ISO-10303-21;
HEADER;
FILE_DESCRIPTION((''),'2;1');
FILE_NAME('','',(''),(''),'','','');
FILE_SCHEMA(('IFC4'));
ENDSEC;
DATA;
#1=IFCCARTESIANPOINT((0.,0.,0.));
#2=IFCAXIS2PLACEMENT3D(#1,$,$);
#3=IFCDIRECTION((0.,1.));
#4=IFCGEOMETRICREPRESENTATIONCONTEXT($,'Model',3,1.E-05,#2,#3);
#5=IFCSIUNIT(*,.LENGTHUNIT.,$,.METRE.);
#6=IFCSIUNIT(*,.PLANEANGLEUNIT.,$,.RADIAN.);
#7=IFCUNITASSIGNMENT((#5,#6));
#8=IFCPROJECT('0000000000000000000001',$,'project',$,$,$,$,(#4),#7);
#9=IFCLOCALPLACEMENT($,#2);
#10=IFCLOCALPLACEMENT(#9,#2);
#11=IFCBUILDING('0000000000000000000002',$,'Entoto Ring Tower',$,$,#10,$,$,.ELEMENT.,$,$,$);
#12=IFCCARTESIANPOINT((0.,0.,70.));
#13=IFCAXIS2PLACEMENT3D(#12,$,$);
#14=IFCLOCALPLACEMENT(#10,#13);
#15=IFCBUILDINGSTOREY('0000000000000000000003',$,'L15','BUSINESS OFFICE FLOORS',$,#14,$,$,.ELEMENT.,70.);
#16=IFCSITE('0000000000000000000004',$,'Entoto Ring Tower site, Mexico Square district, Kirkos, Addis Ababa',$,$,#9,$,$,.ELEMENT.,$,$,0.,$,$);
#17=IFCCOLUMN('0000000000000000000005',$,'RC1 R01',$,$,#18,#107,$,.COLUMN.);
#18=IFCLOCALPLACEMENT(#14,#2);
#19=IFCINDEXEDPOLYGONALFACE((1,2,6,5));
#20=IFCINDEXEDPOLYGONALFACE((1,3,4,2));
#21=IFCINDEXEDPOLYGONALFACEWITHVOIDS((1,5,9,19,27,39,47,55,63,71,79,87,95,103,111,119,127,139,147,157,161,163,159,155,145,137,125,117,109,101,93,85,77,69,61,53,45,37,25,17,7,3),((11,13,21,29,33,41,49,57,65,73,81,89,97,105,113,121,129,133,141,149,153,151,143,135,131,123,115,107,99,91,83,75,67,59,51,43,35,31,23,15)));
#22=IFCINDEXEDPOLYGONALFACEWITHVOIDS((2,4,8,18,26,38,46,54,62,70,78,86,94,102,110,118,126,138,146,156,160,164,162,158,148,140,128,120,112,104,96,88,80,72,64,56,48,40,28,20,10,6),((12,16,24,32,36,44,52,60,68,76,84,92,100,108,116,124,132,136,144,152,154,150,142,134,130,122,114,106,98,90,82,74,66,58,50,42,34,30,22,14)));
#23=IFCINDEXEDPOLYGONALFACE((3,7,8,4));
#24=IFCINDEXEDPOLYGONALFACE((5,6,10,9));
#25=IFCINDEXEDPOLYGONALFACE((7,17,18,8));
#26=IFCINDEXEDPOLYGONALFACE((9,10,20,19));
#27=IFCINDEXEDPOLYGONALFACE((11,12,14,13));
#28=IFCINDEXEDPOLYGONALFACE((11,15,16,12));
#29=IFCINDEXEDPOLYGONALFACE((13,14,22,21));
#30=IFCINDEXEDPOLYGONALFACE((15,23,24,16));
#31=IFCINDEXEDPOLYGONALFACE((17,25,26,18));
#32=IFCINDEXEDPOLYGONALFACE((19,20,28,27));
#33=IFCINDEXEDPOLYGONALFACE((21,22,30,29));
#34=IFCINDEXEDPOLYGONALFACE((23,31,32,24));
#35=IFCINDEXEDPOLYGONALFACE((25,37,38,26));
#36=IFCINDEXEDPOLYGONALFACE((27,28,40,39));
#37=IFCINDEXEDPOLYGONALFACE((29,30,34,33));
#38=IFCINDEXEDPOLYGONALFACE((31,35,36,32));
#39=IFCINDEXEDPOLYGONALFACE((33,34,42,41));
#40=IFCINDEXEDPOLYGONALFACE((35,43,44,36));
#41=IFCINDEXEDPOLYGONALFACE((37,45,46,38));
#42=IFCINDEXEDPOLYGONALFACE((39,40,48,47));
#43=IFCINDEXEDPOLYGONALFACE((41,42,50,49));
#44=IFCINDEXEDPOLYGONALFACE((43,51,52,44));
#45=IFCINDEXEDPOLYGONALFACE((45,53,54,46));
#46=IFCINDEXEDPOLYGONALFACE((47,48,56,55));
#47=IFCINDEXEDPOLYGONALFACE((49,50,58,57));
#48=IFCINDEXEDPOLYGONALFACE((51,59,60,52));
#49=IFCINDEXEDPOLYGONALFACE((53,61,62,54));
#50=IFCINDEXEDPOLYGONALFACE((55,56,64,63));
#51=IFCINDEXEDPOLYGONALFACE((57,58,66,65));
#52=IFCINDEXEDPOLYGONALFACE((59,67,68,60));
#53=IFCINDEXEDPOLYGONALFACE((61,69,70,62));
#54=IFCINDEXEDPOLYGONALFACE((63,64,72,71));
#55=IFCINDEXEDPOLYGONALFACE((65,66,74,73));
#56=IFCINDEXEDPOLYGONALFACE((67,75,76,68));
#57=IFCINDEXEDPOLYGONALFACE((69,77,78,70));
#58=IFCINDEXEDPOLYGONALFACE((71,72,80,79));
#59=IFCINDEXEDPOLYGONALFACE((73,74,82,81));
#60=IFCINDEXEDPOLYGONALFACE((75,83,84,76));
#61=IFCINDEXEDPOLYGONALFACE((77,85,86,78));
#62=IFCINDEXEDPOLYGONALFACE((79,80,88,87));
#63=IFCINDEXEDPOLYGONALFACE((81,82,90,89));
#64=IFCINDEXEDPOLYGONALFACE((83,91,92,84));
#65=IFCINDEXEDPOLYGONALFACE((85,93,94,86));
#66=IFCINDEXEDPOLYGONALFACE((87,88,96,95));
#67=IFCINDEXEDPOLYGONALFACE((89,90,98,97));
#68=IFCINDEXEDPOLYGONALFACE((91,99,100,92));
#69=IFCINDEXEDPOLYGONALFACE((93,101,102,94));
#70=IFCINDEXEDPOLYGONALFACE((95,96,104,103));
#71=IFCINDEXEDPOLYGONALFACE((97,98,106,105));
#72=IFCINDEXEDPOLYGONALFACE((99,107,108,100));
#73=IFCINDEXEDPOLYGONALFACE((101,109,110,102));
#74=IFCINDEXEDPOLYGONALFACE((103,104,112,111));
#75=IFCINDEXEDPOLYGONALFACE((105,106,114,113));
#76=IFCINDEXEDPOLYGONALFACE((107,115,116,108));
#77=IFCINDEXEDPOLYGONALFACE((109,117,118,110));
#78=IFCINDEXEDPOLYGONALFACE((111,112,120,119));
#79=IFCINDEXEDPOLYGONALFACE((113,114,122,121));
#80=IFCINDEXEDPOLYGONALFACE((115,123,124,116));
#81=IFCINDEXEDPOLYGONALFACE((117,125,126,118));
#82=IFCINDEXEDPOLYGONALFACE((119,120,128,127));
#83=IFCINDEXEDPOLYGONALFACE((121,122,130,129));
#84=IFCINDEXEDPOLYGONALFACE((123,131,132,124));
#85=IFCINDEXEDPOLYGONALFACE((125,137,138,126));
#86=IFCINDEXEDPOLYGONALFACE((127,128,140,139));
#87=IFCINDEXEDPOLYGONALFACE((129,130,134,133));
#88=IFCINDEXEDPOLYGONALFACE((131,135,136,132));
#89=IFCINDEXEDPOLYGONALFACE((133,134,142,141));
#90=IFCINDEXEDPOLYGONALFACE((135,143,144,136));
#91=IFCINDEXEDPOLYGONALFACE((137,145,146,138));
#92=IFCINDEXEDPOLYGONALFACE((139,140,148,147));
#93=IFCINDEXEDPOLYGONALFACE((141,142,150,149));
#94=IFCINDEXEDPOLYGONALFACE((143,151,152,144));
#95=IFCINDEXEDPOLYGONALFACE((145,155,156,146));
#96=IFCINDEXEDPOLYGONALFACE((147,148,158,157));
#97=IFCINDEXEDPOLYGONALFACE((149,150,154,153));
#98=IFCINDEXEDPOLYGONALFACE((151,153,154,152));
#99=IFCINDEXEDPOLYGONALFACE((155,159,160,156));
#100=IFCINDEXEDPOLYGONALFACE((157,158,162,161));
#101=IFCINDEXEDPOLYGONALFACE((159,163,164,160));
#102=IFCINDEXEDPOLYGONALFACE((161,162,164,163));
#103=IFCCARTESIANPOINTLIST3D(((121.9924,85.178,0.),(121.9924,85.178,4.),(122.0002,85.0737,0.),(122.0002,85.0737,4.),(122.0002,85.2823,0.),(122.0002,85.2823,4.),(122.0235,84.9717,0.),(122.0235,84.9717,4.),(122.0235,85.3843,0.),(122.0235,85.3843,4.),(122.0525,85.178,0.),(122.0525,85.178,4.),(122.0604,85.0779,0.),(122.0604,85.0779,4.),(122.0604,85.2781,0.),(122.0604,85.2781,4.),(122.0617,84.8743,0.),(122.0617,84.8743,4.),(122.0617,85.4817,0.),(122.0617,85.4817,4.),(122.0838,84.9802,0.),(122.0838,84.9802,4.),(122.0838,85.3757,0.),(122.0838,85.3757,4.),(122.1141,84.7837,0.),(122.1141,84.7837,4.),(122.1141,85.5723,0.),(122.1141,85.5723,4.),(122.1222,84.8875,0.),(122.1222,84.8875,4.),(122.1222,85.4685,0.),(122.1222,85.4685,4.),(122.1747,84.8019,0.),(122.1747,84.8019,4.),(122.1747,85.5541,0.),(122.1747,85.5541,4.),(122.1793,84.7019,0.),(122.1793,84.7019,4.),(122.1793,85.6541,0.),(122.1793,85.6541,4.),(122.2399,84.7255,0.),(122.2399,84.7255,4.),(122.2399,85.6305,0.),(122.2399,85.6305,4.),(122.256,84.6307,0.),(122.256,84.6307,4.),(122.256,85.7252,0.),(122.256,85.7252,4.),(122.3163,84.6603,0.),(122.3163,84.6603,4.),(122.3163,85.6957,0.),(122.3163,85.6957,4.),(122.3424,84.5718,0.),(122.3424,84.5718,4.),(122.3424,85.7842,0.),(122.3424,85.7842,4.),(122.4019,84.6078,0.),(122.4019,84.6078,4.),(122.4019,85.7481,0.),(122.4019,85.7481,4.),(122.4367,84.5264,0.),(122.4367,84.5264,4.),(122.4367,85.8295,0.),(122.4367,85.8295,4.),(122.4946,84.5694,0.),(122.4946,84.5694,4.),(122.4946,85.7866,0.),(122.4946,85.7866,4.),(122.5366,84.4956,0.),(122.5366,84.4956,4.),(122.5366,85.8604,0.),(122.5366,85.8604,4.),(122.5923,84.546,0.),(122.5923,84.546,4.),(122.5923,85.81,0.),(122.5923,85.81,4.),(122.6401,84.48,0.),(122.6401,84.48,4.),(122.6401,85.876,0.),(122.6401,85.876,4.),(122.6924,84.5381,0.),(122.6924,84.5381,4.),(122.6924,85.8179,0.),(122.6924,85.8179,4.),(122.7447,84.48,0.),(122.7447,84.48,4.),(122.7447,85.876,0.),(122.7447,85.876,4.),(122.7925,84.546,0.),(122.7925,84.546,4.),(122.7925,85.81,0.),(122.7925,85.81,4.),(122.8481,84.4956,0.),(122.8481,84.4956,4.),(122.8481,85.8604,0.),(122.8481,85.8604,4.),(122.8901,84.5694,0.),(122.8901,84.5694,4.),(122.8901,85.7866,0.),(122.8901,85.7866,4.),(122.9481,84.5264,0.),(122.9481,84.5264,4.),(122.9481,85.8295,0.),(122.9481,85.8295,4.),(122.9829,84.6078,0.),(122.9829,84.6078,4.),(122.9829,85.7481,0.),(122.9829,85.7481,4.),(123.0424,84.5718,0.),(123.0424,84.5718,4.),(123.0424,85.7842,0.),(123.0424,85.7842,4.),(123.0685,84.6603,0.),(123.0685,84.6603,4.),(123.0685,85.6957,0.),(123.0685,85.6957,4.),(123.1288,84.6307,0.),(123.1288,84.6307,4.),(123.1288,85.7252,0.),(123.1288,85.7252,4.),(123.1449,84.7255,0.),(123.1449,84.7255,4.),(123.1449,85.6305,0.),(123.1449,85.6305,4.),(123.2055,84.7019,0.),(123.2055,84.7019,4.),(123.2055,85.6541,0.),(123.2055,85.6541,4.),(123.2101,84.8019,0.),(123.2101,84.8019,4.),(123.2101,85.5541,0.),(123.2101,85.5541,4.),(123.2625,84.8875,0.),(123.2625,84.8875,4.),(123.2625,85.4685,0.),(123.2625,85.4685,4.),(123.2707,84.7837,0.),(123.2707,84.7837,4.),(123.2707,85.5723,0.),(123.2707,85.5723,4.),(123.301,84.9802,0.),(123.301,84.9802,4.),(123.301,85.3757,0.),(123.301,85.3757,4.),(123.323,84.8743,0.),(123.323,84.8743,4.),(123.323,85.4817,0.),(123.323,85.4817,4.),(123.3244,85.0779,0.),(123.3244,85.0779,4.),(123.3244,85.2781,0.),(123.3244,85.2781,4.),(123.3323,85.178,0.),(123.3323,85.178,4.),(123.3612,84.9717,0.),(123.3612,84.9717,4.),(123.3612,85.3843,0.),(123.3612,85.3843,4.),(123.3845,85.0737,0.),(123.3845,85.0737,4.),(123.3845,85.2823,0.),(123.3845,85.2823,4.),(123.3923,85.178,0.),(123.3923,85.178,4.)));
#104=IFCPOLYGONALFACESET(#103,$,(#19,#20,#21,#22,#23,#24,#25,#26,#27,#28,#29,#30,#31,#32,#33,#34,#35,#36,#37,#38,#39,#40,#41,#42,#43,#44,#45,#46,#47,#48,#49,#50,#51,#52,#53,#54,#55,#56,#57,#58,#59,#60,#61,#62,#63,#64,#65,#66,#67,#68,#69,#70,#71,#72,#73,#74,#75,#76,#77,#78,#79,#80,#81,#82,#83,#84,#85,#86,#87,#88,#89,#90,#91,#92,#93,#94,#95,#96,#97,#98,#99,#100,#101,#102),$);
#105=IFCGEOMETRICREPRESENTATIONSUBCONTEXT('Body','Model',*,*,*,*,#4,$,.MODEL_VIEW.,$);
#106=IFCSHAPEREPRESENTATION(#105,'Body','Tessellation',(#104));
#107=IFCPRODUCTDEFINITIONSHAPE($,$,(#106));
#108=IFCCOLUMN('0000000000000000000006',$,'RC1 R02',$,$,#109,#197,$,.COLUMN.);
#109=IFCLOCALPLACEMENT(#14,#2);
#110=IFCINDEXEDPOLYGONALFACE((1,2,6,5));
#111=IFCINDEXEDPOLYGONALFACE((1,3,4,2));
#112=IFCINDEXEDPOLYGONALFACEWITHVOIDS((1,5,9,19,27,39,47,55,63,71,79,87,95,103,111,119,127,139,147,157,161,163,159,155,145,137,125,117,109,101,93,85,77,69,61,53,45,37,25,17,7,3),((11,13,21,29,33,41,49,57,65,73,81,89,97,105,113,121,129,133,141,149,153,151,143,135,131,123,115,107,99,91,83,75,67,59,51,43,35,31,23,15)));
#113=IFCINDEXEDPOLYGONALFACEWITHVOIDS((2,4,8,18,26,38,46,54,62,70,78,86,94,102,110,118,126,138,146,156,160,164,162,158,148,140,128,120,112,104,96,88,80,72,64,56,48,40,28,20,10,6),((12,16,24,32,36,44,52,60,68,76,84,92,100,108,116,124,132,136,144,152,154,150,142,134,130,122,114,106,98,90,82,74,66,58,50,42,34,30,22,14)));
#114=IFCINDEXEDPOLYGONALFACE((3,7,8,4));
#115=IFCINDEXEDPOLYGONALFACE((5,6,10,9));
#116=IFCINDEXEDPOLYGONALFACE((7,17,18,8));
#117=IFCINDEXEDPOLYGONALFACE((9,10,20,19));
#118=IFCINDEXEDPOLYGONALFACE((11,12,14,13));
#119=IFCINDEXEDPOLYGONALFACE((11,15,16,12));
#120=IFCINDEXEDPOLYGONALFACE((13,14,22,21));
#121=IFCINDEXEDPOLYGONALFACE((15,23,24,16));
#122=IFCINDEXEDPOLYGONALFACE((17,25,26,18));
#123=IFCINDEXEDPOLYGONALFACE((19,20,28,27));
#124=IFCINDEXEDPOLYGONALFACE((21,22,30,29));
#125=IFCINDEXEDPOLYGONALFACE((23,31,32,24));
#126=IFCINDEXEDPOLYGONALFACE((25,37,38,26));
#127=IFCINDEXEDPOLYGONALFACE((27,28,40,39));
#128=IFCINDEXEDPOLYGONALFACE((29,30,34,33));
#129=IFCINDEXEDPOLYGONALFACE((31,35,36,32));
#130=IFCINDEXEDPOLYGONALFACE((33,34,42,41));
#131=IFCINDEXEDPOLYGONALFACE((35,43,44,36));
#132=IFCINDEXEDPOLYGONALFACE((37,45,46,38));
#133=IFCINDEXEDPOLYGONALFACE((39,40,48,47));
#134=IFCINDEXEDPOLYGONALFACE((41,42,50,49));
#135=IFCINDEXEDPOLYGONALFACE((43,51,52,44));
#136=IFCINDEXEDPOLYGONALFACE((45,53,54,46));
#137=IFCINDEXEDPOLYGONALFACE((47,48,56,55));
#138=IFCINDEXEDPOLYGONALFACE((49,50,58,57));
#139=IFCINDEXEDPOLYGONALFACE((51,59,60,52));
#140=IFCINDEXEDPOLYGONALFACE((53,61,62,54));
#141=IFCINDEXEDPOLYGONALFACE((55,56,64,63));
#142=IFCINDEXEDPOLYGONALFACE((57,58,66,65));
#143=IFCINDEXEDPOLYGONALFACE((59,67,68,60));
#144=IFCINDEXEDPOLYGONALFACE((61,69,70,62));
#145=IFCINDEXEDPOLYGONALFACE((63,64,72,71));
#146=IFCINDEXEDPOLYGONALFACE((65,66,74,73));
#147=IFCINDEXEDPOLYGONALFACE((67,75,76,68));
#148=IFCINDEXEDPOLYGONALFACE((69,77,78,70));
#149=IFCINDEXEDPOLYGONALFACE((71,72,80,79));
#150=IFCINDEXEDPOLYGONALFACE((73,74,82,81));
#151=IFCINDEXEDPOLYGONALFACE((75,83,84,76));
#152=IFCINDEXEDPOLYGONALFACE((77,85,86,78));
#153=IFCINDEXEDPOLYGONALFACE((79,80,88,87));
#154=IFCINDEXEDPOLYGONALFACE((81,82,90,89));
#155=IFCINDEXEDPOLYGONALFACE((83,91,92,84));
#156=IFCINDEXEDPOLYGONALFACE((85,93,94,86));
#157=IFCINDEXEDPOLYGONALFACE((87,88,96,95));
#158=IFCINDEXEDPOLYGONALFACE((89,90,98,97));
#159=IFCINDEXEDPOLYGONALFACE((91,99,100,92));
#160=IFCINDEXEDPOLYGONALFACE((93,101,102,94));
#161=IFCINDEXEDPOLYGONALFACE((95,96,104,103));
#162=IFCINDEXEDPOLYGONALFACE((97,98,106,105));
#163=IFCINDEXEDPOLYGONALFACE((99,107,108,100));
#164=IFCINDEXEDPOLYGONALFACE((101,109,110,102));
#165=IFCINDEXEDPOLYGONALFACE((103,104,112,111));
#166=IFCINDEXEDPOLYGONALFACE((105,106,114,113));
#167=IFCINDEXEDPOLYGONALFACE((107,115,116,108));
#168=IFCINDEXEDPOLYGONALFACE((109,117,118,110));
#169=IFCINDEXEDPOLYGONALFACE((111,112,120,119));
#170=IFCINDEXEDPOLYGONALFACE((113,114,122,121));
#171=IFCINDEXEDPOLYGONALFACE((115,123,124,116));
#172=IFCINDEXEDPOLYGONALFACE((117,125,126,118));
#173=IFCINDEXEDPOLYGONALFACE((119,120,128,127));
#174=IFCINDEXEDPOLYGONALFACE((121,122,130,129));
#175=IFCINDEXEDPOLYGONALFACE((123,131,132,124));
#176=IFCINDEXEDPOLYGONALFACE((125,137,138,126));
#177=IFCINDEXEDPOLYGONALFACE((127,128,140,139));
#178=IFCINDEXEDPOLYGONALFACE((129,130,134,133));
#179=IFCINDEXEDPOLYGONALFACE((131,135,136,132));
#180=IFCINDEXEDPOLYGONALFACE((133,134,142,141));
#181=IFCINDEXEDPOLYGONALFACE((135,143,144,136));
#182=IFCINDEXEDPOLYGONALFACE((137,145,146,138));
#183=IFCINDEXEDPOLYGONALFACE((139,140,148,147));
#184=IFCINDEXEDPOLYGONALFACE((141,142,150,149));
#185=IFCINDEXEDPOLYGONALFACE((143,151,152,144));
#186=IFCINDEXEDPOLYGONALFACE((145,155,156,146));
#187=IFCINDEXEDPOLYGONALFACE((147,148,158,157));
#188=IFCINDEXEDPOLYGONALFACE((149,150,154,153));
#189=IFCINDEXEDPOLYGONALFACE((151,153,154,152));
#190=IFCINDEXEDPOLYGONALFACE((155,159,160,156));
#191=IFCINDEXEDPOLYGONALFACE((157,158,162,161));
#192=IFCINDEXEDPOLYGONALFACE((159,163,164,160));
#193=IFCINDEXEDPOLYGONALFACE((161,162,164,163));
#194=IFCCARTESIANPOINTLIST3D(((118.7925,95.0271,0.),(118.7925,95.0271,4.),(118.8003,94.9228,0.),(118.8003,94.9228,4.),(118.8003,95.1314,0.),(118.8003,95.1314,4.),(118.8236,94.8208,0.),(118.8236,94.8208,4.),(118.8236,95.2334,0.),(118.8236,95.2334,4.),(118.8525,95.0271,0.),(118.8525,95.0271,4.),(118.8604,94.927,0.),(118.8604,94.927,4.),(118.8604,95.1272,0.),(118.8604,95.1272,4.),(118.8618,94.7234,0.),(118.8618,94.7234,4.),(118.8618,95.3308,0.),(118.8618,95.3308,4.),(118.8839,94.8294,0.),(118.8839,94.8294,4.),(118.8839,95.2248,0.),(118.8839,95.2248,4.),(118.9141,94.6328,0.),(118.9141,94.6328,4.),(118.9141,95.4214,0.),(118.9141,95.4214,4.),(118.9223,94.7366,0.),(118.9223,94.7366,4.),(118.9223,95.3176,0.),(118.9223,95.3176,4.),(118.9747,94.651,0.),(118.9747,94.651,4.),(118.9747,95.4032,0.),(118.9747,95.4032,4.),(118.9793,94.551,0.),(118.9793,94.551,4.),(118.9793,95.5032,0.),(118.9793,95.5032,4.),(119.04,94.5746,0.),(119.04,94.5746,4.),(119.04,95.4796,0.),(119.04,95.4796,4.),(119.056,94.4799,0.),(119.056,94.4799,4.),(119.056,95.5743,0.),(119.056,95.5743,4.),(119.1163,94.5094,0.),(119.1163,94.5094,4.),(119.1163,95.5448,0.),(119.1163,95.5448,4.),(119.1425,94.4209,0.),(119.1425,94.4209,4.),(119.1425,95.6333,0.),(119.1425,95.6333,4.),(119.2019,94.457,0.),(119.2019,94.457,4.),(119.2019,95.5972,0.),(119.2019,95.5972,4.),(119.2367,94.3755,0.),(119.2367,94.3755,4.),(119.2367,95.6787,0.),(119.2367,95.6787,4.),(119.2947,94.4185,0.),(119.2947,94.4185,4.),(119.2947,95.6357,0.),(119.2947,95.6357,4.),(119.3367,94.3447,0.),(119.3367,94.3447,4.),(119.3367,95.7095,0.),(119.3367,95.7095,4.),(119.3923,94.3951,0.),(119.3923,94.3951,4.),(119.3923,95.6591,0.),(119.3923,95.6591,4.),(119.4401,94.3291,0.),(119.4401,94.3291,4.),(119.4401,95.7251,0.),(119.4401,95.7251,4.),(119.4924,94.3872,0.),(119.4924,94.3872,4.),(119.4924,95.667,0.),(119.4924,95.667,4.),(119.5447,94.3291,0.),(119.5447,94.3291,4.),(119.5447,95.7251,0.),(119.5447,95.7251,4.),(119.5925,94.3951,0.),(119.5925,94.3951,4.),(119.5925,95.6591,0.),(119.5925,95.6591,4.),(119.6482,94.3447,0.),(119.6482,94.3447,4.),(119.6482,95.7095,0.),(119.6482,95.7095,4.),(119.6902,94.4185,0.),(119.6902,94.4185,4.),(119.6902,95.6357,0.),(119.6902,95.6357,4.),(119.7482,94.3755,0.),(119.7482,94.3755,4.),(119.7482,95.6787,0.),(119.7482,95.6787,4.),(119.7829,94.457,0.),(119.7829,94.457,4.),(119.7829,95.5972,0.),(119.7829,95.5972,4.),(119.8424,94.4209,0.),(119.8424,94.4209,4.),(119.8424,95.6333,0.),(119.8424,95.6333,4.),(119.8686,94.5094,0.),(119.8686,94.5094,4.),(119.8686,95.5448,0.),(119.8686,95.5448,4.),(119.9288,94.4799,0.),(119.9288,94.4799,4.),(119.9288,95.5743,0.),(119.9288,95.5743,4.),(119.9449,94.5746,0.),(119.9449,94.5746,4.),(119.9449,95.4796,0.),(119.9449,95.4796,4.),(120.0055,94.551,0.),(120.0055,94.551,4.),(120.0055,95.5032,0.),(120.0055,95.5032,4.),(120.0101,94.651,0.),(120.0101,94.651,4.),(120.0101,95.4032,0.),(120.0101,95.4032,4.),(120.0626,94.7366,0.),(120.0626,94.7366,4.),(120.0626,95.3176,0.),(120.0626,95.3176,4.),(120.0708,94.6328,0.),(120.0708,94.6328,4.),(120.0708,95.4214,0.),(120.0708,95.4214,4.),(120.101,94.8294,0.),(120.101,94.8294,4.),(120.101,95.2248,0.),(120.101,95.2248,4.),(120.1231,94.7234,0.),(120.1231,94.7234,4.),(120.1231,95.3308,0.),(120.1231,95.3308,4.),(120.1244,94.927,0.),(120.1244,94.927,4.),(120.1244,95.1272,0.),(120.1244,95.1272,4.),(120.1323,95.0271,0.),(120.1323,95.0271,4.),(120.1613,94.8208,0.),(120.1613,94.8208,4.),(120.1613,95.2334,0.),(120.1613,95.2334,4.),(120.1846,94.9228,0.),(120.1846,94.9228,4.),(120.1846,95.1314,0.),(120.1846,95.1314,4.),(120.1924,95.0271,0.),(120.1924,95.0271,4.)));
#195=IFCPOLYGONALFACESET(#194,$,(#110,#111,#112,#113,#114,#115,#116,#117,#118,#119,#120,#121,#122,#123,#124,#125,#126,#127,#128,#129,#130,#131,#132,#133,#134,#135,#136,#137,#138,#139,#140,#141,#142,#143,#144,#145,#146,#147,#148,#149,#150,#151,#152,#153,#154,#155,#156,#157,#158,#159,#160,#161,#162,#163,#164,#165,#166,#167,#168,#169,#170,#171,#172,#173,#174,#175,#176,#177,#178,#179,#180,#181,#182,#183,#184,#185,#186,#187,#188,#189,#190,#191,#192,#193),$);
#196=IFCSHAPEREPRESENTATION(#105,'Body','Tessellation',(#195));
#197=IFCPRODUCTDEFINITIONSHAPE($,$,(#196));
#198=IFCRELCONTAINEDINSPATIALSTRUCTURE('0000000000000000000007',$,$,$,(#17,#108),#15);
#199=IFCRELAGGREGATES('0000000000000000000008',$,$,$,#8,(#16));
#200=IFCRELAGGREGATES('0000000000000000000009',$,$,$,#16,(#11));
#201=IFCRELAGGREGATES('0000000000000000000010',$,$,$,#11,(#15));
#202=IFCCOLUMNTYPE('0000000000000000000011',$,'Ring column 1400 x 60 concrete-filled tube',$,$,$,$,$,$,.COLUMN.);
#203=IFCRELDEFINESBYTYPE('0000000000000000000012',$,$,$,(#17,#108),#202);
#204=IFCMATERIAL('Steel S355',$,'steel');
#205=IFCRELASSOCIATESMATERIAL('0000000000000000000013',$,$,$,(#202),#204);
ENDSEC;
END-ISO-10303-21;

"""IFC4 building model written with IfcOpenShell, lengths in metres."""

from ifc_helpers import new_model, si_unit, direction, frame, origin, origin_2d, place, context, subcontext, project, spatial, circle, hollow_circle, extrude, material, material_profile, profile_set, type_object, element, save


model = new_model("IFC4")

# Units and contexts
model_context = context("Model", 3, precision=1e-05, world=origin(), true_north=direction((0.0, 1.0)))
body_context = subcontext(model_context, "Body", "Model", "MODEL_VIEW")
ifc_project = project(units=[si_unit("LENGTHUNIT", "METRE"), si_unit("PLANEANGLEUNIT", "RADIAN")], contexts=[model_context])

# Site, building, storey
site_placement = place(None, origin())
site = spatial("IfcSite", under=ifc_project, at=site_placement, Name="Entoto Ring Tower site, Mexico Square district, Kirkos, Addis Ababa", CompositionType="ELEMENT", RefElevation=0.0)
building_placement = place(site_placement, origin())
building = spatial("IfcBuilding", under=site, at=building_placement, Name="Entoto Ring Tower", CompositionType="ELEMENT")
storey_placement = place(building_placement, frame((0.0, 0.0, 70.0)))
storey = spatial("IfcBuildingStorey", under=building, at=storey_placement, Name="L15", Description="BUSINESS OFFICE FLOORS", CompositionType="ELEMENT", Elevation=70.0)

# Columns
ifc_material_1 = material(Name="Steel S355", Category="steel")
ifc_material_profile_1 = material_profile(ifc_material_1, hollow_circle(Radius=0.7, WallThickness=0.0601, at=origin_2d()), Name="CHS 1400 x 60")
ifc_material_2 = material(Name="Concrete C60/75", Category="concrete")
ifc_material_profile_2 = material_profile(ifc_material_2, circle(Radius=0.6399, at=origin_2d()), Name="Concrete C60/75 infill")
ifc_profile_set_1 = profile_set([ifc_material_profile_1, ifc_material_profile_2], Name="Steel S355")
column_type = type_object("IfcColumnType", Name="Ring column 1400 x 60 concrete-filled tube", PredefinedType="COLUMN", material=ifc_profile_set_1)
for number, where, z_axis, x_axis, name in (
    (1, (122.6924, 85.178, 0.0), (0.0, 0.0, 1.0), (1.0, 0.0, 0.0), "RC1 R01"),
    (2, (119.4924, 95.0271, 0.0), (0.0, 0.0, 1.0), (1.0, 0.0, 0.0), "RC1 R02"),
):
    element("IfcColumn", number, at=place(storey_placement, frame(where, z_axis=z_axis, x_axis=x_axis)), inside=storey, type_object=column_type, Name=name, PredefinedType="COLUMN", context=body_context, shape_type="SweptSolid", body=[
        extrude(hollow_circle(Radius=0.7, WallThickness=0.0601, at=origin_2d()), origin(), (0.0, 0.0, 1.0), 4.0),
    ])

save(model, "model.ifc")
